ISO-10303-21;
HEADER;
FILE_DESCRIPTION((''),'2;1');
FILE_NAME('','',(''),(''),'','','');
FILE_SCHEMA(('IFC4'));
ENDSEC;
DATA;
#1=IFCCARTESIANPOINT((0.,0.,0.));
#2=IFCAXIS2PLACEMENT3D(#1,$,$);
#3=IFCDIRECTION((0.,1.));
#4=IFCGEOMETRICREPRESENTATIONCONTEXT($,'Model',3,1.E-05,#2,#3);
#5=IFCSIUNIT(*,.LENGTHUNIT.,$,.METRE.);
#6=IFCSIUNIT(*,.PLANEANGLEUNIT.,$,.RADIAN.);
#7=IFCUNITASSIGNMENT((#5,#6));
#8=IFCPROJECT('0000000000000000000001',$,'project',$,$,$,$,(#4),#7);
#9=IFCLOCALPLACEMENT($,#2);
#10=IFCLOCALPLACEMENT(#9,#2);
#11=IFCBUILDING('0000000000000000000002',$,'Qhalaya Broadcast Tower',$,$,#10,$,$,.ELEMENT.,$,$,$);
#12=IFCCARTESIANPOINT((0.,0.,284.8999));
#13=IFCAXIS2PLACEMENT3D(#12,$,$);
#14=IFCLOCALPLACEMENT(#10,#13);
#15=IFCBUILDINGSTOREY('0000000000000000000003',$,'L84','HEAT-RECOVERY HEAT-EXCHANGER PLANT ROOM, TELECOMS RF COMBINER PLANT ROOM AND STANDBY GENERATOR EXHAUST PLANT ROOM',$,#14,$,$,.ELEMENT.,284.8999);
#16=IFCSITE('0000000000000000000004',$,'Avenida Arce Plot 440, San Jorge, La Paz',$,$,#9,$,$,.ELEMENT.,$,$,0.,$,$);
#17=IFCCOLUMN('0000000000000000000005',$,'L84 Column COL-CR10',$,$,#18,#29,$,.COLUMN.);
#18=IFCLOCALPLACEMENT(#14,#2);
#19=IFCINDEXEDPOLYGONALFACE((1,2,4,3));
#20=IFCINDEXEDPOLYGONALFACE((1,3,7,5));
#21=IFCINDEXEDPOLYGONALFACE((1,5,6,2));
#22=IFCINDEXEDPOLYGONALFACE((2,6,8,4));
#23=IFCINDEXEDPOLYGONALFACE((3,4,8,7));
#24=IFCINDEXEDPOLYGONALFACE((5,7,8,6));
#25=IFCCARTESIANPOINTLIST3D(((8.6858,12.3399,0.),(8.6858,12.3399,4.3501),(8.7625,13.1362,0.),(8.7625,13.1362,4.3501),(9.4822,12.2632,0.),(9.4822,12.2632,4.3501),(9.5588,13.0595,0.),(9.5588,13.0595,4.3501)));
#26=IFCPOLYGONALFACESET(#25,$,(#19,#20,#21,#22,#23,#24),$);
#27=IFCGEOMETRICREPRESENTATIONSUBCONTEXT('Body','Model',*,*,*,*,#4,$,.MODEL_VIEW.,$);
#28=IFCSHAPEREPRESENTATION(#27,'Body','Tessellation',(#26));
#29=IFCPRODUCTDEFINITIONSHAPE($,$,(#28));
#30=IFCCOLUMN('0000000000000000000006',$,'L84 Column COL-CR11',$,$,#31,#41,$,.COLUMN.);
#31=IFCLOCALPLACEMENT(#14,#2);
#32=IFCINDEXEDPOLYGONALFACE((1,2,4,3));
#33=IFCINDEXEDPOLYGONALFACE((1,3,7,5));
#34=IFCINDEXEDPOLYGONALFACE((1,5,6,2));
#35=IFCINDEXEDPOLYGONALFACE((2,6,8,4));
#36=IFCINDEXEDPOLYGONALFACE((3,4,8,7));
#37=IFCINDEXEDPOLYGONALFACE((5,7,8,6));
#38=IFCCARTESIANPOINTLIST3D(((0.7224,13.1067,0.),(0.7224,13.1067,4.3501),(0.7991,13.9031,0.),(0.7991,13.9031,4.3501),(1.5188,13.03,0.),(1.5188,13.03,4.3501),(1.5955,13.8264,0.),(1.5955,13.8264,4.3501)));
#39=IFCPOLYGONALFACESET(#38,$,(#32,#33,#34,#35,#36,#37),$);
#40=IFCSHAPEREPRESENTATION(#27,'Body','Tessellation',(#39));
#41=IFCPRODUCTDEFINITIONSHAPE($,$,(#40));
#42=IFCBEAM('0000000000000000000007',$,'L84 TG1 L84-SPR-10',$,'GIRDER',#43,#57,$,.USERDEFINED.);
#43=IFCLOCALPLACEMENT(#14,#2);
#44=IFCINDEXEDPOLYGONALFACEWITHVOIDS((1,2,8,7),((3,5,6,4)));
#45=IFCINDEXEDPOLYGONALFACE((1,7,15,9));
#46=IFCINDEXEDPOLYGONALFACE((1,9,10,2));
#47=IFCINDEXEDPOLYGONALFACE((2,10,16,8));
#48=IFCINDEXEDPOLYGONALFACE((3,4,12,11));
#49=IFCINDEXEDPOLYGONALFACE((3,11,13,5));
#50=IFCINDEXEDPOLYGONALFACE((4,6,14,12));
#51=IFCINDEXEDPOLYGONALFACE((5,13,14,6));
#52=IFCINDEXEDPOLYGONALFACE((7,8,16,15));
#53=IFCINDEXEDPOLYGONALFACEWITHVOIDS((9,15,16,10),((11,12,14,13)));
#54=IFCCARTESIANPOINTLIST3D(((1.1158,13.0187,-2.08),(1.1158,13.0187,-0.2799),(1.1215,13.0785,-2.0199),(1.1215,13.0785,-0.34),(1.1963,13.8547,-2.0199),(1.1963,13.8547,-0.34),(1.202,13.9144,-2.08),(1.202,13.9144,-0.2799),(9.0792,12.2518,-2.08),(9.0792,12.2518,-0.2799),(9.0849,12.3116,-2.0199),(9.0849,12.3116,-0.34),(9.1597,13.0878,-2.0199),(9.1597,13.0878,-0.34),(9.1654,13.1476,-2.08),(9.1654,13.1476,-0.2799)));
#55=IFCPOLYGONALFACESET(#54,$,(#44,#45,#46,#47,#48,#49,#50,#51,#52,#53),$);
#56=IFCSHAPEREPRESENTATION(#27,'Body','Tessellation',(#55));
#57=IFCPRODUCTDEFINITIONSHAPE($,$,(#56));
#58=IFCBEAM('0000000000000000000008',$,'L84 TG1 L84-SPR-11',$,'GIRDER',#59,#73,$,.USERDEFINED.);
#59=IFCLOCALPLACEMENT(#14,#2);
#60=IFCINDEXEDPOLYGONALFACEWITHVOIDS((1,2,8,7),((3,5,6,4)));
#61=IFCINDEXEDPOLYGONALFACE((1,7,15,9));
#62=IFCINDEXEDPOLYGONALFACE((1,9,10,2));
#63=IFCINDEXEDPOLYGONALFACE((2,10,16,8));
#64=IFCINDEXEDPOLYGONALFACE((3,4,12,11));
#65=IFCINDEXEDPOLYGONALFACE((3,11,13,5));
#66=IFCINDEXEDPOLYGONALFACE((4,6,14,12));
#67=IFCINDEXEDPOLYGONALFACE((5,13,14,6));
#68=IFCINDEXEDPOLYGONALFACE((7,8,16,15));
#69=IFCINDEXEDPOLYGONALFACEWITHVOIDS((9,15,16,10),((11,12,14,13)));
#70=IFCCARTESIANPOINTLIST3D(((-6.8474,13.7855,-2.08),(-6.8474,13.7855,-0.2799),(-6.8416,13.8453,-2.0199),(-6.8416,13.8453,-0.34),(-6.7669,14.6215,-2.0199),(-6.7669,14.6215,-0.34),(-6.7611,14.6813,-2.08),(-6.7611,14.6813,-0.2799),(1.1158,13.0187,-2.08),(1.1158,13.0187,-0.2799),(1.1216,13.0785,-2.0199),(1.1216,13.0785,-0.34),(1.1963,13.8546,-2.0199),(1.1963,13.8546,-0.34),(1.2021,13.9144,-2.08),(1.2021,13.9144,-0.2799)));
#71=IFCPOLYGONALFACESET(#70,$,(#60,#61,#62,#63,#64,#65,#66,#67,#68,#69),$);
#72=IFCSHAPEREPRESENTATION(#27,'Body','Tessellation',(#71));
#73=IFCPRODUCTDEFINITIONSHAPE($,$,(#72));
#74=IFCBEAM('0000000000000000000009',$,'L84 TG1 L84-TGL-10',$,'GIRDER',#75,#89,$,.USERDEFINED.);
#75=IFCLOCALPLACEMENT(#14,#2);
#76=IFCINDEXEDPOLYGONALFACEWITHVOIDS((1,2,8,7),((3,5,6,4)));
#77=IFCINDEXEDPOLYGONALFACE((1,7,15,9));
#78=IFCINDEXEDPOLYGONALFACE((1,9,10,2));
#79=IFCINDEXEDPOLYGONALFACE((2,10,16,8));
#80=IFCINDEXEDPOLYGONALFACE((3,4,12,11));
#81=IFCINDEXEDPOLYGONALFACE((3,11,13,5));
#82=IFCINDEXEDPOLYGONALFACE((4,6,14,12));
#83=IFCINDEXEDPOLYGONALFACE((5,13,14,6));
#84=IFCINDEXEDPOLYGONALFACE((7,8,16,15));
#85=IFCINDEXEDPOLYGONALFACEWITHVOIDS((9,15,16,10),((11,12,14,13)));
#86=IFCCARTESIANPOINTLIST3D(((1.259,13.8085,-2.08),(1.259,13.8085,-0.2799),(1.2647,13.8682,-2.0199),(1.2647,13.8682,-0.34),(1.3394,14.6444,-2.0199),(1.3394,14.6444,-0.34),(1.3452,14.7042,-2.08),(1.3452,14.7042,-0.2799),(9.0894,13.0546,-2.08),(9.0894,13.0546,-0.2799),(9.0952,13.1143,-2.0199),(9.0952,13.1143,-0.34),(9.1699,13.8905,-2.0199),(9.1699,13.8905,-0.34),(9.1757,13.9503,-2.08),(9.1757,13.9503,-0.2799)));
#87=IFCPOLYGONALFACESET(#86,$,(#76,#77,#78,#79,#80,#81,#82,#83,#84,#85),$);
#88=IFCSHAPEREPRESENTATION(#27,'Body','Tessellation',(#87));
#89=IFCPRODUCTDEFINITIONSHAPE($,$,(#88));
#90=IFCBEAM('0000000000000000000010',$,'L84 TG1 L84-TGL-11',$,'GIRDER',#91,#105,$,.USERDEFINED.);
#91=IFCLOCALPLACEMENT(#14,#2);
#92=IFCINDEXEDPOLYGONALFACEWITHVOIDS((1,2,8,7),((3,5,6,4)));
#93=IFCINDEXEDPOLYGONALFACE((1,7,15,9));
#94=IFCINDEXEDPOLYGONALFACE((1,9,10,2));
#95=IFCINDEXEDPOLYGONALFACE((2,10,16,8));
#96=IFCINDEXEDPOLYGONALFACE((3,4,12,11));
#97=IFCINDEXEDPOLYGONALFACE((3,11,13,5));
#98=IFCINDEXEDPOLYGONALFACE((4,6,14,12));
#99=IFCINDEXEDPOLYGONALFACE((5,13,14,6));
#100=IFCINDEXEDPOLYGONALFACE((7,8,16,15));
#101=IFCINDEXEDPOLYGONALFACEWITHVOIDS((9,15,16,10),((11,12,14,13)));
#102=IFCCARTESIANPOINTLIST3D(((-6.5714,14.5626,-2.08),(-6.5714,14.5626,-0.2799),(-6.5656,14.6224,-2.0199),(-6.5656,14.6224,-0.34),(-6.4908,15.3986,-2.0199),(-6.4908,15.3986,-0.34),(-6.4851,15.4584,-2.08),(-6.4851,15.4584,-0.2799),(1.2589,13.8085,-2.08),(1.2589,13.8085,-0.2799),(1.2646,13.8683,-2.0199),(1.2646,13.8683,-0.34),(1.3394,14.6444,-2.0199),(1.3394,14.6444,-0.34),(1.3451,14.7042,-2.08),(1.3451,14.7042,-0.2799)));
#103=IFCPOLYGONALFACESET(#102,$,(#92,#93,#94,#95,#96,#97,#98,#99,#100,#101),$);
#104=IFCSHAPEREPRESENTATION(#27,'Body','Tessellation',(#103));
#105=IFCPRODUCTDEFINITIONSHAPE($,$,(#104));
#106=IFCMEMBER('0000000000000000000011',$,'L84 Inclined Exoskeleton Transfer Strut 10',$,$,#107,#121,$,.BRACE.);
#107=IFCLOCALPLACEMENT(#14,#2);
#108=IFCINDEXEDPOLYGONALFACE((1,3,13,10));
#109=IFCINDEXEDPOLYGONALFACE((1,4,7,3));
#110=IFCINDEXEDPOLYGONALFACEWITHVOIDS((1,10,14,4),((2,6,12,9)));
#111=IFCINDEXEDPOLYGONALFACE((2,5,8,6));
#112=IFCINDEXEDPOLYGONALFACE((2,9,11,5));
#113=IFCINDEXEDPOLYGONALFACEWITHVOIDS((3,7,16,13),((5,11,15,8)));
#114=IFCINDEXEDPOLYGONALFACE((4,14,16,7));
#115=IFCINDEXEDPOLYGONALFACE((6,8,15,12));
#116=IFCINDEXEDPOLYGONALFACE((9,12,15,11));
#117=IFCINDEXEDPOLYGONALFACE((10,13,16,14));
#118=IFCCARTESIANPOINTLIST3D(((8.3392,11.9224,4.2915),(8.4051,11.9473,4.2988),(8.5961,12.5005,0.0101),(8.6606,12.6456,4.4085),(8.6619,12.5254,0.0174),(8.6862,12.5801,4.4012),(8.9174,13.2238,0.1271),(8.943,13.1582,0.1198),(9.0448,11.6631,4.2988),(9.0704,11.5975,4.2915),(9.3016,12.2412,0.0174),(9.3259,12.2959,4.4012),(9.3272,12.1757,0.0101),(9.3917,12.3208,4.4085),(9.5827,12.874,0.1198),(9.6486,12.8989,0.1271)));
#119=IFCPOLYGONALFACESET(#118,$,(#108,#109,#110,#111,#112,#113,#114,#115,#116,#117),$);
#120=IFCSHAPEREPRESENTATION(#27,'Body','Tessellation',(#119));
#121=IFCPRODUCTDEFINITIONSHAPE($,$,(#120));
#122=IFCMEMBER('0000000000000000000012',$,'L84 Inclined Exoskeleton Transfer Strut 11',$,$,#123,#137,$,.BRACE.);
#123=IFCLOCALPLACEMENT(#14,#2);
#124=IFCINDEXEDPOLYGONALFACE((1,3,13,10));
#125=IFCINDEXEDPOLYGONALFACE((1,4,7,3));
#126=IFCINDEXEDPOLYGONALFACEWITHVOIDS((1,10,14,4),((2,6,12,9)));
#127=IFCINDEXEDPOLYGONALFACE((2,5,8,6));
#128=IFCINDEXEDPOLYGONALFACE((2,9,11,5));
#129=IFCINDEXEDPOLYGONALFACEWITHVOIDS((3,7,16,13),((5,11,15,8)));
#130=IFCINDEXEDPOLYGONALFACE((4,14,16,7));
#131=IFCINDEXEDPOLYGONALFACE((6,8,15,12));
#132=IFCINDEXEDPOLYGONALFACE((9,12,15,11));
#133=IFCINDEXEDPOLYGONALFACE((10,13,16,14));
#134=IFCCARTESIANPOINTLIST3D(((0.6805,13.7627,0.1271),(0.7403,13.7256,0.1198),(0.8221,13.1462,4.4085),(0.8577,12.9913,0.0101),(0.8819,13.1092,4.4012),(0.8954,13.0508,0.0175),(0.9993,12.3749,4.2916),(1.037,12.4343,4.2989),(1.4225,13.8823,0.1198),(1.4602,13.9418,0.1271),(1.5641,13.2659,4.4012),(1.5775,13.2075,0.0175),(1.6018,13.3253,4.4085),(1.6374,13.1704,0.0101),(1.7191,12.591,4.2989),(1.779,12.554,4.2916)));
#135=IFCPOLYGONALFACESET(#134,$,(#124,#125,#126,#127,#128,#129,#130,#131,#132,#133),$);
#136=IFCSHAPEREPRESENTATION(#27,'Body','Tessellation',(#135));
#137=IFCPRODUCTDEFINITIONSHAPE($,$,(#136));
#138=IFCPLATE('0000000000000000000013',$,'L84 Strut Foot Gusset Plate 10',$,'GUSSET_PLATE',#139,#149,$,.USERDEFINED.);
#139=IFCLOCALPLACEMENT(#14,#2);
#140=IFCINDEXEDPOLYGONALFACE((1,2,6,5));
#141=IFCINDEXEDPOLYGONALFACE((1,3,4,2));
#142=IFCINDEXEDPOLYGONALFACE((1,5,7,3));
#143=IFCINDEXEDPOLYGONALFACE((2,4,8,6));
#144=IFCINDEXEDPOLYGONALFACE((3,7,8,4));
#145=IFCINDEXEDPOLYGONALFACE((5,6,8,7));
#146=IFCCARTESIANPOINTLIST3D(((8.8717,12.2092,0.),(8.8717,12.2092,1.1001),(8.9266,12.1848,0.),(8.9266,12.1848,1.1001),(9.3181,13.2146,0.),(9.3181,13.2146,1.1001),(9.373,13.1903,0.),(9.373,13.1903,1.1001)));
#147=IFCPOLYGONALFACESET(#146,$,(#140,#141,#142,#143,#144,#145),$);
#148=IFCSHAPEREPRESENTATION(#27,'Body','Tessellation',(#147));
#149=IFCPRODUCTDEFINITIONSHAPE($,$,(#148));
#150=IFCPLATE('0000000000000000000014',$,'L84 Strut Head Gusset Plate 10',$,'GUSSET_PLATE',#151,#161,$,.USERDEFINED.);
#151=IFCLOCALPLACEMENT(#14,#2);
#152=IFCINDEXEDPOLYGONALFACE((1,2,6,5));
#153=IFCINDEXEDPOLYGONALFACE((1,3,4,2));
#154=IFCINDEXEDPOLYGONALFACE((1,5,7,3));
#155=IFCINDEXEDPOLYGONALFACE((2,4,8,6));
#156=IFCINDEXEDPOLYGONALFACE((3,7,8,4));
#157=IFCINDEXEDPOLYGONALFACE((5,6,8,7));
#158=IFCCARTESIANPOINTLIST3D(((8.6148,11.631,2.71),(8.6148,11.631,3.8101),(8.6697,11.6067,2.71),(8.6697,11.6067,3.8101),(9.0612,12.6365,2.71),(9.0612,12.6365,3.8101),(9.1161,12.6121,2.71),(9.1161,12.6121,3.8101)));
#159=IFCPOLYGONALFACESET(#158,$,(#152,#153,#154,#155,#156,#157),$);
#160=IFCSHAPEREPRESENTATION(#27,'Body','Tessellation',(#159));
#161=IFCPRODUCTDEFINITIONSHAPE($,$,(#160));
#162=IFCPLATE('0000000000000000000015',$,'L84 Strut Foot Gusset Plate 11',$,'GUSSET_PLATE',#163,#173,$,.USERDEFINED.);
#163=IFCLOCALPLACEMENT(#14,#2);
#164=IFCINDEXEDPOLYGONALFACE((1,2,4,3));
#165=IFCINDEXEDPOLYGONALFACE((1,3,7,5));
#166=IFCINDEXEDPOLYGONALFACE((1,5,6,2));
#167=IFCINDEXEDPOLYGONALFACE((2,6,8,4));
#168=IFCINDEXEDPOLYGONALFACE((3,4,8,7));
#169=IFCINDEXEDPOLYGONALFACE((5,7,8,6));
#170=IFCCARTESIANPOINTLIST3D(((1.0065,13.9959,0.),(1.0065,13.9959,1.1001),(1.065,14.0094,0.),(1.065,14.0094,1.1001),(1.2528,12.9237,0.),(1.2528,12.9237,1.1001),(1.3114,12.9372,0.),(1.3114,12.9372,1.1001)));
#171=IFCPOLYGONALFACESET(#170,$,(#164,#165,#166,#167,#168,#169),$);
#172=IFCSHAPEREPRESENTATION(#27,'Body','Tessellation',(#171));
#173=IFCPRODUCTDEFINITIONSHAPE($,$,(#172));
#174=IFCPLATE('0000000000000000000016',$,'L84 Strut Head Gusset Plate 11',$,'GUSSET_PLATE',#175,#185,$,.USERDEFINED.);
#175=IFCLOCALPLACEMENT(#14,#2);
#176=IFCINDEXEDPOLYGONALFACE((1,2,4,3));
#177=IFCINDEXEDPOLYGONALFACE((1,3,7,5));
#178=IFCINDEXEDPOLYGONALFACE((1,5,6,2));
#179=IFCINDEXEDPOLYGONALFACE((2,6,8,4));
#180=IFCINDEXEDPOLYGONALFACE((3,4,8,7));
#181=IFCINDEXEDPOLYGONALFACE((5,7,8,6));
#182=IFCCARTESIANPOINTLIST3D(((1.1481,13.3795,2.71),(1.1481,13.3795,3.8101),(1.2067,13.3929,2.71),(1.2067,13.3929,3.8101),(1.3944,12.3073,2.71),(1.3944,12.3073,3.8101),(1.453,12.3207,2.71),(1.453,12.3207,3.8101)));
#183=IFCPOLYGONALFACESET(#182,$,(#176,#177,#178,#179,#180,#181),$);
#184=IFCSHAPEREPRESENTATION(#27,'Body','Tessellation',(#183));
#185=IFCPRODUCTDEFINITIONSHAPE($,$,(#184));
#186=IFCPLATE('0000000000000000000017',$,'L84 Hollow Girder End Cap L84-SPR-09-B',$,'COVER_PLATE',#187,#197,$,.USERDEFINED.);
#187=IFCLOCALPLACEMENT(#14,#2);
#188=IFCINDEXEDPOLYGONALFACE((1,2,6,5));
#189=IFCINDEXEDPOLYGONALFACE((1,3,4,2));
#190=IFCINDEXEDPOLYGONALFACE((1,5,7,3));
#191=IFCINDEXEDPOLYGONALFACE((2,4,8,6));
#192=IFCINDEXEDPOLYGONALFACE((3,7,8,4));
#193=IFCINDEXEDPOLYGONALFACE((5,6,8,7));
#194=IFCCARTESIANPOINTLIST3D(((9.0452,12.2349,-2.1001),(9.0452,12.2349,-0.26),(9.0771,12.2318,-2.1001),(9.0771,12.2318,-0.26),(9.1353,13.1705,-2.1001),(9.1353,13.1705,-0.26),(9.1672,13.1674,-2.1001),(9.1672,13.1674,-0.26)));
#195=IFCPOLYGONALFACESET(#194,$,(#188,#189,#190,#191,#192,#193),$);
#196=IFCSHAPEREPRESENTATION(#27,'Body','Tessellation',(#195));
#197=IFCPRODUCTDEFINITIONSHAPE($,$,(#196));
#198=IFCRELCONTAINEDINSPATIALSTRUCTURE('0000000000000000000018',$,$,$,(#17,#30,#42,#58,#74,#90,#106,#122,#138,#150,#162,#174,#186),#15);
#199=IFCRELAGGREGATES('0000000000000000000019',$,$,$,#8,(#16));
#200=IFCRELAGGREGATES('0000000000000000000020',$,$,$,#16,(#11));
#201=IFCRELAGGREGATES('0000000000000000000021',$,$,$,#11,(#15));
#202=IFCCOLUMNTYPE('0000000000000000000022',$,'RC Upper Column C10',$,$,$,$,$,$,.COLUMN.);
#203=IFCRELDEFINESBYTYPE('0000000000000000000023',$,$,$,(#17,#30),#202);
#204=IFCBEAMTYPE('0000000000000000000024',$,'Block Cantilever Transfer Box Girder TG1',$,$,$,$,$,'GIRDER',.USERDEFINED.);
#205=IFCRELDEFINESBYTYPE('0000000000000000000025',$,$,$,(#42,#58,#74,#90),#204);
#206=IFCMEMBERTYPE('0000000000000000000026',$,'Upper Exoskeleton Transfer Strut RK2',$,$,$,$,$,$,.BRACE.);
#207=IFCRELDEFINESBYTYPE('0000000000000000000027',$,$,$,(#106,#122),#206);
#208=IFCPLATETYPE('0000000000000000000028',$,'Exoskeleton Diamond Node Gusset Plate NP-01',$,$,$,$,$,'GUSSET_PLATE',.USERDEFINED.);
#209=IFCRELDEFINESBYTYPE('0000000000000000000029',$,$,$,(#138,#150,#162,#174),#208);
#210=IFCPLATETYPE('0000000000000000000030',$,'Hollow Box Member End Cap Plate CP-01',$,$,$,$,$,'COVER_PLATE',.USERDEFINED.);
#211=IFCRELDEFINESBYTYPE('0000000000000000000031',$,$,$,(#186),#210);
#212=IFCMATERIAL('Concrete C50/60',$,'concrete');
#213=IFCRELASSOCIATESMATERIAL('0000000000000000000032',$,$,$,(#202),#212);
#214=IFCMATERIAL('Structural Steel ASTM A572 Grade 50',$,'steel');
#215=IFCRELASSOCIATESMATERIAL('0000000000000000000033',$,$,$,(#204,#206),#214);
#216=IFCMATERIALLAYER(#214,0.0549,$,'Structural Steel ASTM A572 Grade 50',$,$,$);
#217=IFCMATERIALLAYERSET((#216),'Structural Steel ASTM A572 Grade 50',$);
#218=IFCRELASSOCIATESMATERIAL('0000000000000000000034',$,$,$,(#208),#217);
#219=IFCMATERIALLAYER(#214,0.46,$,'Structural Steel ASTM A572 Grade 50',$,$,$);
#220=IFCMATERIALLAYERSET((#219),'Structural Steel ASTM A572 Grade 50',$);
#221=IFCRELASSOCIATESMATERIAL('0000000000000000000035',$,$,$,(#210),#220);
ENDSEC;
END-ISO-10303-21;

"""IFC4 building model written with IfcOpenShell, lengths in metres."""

from ifc_helpers import new_model, si_unit, direction, frame, origin, origin_2d, place, context, subcontext, project, spatial, rectangle, hollow_rectangle, extrude, material, layer, layer_set, material_profile, profile_set, type_object, element, save


model = new_model("IFC4")

# Units and contexts
model_context = context("Model", 3, precision=1e-05, world=origin(), true_north=direction((0.0, 1.0)))
body_context = subcontext(model_context, "Body", "Model", "MODEL_VIEW")
ifc_project = project(units=[si_unit("LENGTHUNIT", "METRE"), si_unit("PLANEANGLEUNIT", "RADIAN")], contexts=[model_context])

# Site, building, storey
site_placement = place(None, origin())
site = spatial("IfcSite", under=ifc_project, at=site_placement, Name="Avenida Arce Plot 440, San Jorge, La Paz", CompositionType="ELEMENT", RefElevation=0.0)
building_placement = place(site_placement, origin())
building = spatial("IfcBuilding", under=site, at=building_placement, Name="Qhalaya Broadcast Tower", CompositionType="ELEMENT")
storey_placement = place(building_placement, frame((0.0, 0.0, 284.8999)))
storey = spatial("IfcBuildingStorey", under=building, at=storey_placement, Name="L84", Description="HEAT-RECOVERY HEAT-EXCHANGER PLANT ROOM, TELECOMS RF COMBINER PLANT ROOM AND STANDBY GENERATOR EXHAUST PLANT ROOM", CompositionType="ELEMENT", Elevation=284.8999)

# Columns
ifc_material_1 = material(Name="Concrete C50/60", Category="concrete")
ifc_material_profile_1 = material_profile(ifc_material_1, rectangle(XDim=0.8, YDim=0.8, at=origin_2d()), Name="RC-COL 800x800")
ifc_profile_set_1 = profile_set([ifc_material_profile_1], Name="Concrete C50/60")
column_type = type_object("IfcColumnType", Name="RC Upper Column C10", PredefinedType="COLUMN", material=ifc_profile_set_1)
for number, where, z_axis, x_axis, name in (
    (1, (9.1223, 12.6997, 0.0), (0.0, 0.0, 1.0), (0.995396, -0.095846, 0.0), "L84 Column COL-CR10"),
    (2, (1.1589, 13.4666, 0.0), (0.0, 0.0, 1.0), (0.995396, -0.095846, 0.0), "L84 Column COL-CR11"),
):
    element("IfcColumn", number, at=place(storey_placement, frame(where, z_axis=z_axis, x_axis=x_axis)), inside=storey, type_object=column_type, Name=name, PredefinedType="COLUMN", context=body_context, shape_type="SweptSolid", body=[
        extrude(rectangle(XDim=0.8, YDim=0.8, at=origin_2d()), origin(), (0.0, 0.0, 1.0), 4.3501),
    ])

# Beams
ifc_material_2 = material(Name="Structural Steel ASTM A572 Grade 50", Category="steel")
ifc_material_profile_2 = material_profile(ifc_material_2, hollow_rectangle(XDim=0.8999, YDim=1.8, WallThickness=0.0601, at=origin_2d()), Name="BOX 900x1800x60")
ifc_profile_set_2 = profile_set([ifc_material_profile_2], Name="Structural Steel ASTM A572 Grade 50")
beam_type = type_object("IfcBeamType", Name="Block Cantilever Transfer Box Girder TG1", ElementType="GIRDER", PredefinedType="USERDEFINED", material=ifc_profile_set_2)
beam_1_placement = place(storey_placement, frame((9.1223, 12.6997, -1.1799), z_axis=(-0.995395, 0.095853, 0.0), x_axis=(-0.095853, -0.995395, 0.0)))
element("IfcBeam", 3, at=beam_1_placement, inside=storey, type_object=beam_type, Name="L84 TG1 L84-SPR-10", ObjectType="GIRDER", PredefinedType="USERDEFINED", context=body_context, shape_type="SweptSolid", body=[
    extrude(hollow_rectangle(XDim=0.8999, YDim=1.8, WallThickness=0.0601, at=origin_2d()), origin(), (0.0, 0.0, 1.0), 8.0002),
])
beam_2_placement = place(storey_placement, frame((1.1589, 13.4666, -1.1799), z_axis=(-0.995395, 0.095856, 0.0), x_axis=(-0.095856, -0.995395, 0.0)))
element("IfcBeam", 4, at=beam_2_placement, inside=storey, type_object=beam_type, Name="L84 TG1 L84-SPR-11", ObjectType="GIRDER", PredefinedType="USERDEFINED", context=body_context, shape_type="SweptSolid", body=[
    extrude(hollow_rectangle(XDim=0.8999, YDim=1.8, WallThickness=0.0601, at=origin_2d()), origin(), (0.0, 0.0, 1.0), 8.0),
])
beam_3_placement = place(storey_placement, frame((9.1326, 13.5024, -1.1799), z_axis=(-0.995397, 0.095834, 0.0), x_axis=(-0.095834, -0.995397, 0.0)))
element("IfcBeam", 5, at=beam_3_placement, inside=storey, type_object=beam_type, Name="L84 TG1 L84-TGL-10", ObjectType="GIRDER", PredefinedType="USERDEFINED", context=body_context, shape_type="SweptSolid", body=[
    extrude(hollow_rectangle(XDim=0.8999, YDim=1.8, WallThickness=0.0601, at=origin_2d()), origin(), (0.0, 0.0, 1.0), 7.8667),
])
beam_4_placement = place(storey_placement, frame((1.302, 14.2563, -1.1799), z_axis=(-0.995394, 0.095868, 0.0), x_axis=(-0.095868, -0.995394, 0.0)))
element("IfcBeam", 6, at=beam_4_placement, inside=storey, type_object=beam_type, Name="L84 TG1 L84-TGL-11", ObjectType="GIRDER", PredefinedType="USERDEFINED", context=body_context, shape_type="SweptSolid", body=[
    extrude(hollow_rectangle(XDim=0.8999, YDim=1.8, WallThickness=0.0601, at=origin_2d()), origin(), (0.0, 0.0, 1.0), 7.8665),
])

# Members
ifc_material_profile_3 = material_profile(ifc_material_2, hollow_rectangle(XDim=0.8, YDim=0.8, WallThickness=0.05, at=origin_2d()), Name="BOX 800x800x50")
ifc_profile_set_3 = profile_set([ifc_material_profile_3], Name="Structural Steel ASTM A572 Grade 50")
member_type = type_object("IfcMemberType", Name="Upper Exoskeleton Transfer Strut RK2", PredefinedType="BRACE", material=ifc_profile_set_3)
for number, where, z_axis, x_axis, name in (
    (7, (9.1223, 12.6997, 0.0686), (-0.059343, -0.133579, 0.98926), (0.913875, -0.405995, 0.0), "L84 Inclined Exoskeleton Transfer Strut 10"),
    (8, (1.1589, 13.4666, 0.0686), (0.032718, -0.142435, 0.989263), (0.974618, 0.223873, 0.0), "L84 Inclined Exoskeleton Transfer Strut 11"),
):
    element("IfcMember", number, at=place(storey_placement, frame(where, z_axis=z_axis, x_axis=x_axis)), inside=storey, type_object=member_type, Name=name, PredefinedType="BRACE", context=body_context, shape_type="SweptSolid", body=[
        extrude(hollow_rectangle(XDim=0.8, YDim=0.8, WallThickness=0.05, at=origin_2d()), origin(), (0.0, 0.0, 1.0), 4.3279),
    ])

# Plates
ifc_layer_1 = layer(ifc_material_2, 0.0549, Name="Structural Steel ASTM A572 Grade 50")
ifc_layer_set_1 = layer_set([ifc_layer_1], Name="Structural Steel ASTM A572 Grade 50")
plate_type_1 = type_object("IfcPlateType", Name="Exoskeleton Diamond Node Gusset Plate NP-01", ElementType="GUSSET_PLATE", PredefinedType="USERDEFINED", material=ifc_layer_set_1)
for number, where, z_axis, x_axis, name in (
    (9, (9.1223, 12.6997, 0.0), (0.0, 0.0, 1.0), (-0.405764, -0.913978, 0.0), "L84 Strut Foot Gusset Plate 10"),
    (10, (8.8655, 12.1216, 2.71), (0.0, 0.0, 1.0), (-0.405764, -0.913978, 0.0), "L84 Strut Head Gusset Plate 10"),
    (11, (1.1589, 13.4666, 0.0), (0.0, 0.0, 1.0), (0.223897, -0.974613, 0.0), "L84 Strut Foot Gusset Plate 11"),
    (12, (1.3005, 12.8501, 2.71), (0.0, 0.0, 1.0), (0.223897, -0.974613, 0.0), "L84 Strut Head Gusset Plate 11"),
):
    element("IfcPlate", number, at=place(storey_placement, frame(where, z_axis=z_axis, x_axis=x_axis)), inside=storey, type_object=plate_type_1, Name=name, ObjectType="GUSSET_PLATE", PredefinedType="USERDEFINED", context=body_context, shape_type="SweptSolid", body=[
        extrude(rectangle(XDim=1.1001, YDim=0.0601, at=origin_2d()), origin(), (0.0, 0.0, 1.0), 1.1001),
    ])
ifc_layer_2 = layer(ifc_material_2, 0.46, Name="Structural Steel ASTM A572 Grade 50")
ifc_layer_set_2 = layer_set([ifc_layer_2], Name="Structural Steel ASTM A572 Grade 50")
plate_type_2 = type_object("IfcPlateType", Name="Hollow Box Member End Cap Plate CP-01", ElementType="COVER_PLATE", PredefinedType="USERDEFINED", material=ifc_layer_set_2)
for number, where, z_axis, x_axis, name in (
    (13, (9.1062, 12.7012, -2.1001), (0.0, 0.0, 1.0), (-0.095846, -0.995396, 0.0), "L84 Hollow Girder End Cap L84-SPR-09-B"),
):
    element("IfcPlate", number, at=place(storey_placement, frame(where, z_axis=z_axis, x_axis=x_axis)), inside=storey, type_object=plate_type_2, Name=name, ObjectType="COVER_PLATE", PredefinedType="USERDEFINED", context=body_context, shape_type="SweptSolid", body=[
        extrude(rectangle(XDim=0.9399, YDim=0.032, at=origin_2d()), origin(), (0.0, 0.0, 1.0), 1.8401),
    ])

save(model, "model.ifc")
